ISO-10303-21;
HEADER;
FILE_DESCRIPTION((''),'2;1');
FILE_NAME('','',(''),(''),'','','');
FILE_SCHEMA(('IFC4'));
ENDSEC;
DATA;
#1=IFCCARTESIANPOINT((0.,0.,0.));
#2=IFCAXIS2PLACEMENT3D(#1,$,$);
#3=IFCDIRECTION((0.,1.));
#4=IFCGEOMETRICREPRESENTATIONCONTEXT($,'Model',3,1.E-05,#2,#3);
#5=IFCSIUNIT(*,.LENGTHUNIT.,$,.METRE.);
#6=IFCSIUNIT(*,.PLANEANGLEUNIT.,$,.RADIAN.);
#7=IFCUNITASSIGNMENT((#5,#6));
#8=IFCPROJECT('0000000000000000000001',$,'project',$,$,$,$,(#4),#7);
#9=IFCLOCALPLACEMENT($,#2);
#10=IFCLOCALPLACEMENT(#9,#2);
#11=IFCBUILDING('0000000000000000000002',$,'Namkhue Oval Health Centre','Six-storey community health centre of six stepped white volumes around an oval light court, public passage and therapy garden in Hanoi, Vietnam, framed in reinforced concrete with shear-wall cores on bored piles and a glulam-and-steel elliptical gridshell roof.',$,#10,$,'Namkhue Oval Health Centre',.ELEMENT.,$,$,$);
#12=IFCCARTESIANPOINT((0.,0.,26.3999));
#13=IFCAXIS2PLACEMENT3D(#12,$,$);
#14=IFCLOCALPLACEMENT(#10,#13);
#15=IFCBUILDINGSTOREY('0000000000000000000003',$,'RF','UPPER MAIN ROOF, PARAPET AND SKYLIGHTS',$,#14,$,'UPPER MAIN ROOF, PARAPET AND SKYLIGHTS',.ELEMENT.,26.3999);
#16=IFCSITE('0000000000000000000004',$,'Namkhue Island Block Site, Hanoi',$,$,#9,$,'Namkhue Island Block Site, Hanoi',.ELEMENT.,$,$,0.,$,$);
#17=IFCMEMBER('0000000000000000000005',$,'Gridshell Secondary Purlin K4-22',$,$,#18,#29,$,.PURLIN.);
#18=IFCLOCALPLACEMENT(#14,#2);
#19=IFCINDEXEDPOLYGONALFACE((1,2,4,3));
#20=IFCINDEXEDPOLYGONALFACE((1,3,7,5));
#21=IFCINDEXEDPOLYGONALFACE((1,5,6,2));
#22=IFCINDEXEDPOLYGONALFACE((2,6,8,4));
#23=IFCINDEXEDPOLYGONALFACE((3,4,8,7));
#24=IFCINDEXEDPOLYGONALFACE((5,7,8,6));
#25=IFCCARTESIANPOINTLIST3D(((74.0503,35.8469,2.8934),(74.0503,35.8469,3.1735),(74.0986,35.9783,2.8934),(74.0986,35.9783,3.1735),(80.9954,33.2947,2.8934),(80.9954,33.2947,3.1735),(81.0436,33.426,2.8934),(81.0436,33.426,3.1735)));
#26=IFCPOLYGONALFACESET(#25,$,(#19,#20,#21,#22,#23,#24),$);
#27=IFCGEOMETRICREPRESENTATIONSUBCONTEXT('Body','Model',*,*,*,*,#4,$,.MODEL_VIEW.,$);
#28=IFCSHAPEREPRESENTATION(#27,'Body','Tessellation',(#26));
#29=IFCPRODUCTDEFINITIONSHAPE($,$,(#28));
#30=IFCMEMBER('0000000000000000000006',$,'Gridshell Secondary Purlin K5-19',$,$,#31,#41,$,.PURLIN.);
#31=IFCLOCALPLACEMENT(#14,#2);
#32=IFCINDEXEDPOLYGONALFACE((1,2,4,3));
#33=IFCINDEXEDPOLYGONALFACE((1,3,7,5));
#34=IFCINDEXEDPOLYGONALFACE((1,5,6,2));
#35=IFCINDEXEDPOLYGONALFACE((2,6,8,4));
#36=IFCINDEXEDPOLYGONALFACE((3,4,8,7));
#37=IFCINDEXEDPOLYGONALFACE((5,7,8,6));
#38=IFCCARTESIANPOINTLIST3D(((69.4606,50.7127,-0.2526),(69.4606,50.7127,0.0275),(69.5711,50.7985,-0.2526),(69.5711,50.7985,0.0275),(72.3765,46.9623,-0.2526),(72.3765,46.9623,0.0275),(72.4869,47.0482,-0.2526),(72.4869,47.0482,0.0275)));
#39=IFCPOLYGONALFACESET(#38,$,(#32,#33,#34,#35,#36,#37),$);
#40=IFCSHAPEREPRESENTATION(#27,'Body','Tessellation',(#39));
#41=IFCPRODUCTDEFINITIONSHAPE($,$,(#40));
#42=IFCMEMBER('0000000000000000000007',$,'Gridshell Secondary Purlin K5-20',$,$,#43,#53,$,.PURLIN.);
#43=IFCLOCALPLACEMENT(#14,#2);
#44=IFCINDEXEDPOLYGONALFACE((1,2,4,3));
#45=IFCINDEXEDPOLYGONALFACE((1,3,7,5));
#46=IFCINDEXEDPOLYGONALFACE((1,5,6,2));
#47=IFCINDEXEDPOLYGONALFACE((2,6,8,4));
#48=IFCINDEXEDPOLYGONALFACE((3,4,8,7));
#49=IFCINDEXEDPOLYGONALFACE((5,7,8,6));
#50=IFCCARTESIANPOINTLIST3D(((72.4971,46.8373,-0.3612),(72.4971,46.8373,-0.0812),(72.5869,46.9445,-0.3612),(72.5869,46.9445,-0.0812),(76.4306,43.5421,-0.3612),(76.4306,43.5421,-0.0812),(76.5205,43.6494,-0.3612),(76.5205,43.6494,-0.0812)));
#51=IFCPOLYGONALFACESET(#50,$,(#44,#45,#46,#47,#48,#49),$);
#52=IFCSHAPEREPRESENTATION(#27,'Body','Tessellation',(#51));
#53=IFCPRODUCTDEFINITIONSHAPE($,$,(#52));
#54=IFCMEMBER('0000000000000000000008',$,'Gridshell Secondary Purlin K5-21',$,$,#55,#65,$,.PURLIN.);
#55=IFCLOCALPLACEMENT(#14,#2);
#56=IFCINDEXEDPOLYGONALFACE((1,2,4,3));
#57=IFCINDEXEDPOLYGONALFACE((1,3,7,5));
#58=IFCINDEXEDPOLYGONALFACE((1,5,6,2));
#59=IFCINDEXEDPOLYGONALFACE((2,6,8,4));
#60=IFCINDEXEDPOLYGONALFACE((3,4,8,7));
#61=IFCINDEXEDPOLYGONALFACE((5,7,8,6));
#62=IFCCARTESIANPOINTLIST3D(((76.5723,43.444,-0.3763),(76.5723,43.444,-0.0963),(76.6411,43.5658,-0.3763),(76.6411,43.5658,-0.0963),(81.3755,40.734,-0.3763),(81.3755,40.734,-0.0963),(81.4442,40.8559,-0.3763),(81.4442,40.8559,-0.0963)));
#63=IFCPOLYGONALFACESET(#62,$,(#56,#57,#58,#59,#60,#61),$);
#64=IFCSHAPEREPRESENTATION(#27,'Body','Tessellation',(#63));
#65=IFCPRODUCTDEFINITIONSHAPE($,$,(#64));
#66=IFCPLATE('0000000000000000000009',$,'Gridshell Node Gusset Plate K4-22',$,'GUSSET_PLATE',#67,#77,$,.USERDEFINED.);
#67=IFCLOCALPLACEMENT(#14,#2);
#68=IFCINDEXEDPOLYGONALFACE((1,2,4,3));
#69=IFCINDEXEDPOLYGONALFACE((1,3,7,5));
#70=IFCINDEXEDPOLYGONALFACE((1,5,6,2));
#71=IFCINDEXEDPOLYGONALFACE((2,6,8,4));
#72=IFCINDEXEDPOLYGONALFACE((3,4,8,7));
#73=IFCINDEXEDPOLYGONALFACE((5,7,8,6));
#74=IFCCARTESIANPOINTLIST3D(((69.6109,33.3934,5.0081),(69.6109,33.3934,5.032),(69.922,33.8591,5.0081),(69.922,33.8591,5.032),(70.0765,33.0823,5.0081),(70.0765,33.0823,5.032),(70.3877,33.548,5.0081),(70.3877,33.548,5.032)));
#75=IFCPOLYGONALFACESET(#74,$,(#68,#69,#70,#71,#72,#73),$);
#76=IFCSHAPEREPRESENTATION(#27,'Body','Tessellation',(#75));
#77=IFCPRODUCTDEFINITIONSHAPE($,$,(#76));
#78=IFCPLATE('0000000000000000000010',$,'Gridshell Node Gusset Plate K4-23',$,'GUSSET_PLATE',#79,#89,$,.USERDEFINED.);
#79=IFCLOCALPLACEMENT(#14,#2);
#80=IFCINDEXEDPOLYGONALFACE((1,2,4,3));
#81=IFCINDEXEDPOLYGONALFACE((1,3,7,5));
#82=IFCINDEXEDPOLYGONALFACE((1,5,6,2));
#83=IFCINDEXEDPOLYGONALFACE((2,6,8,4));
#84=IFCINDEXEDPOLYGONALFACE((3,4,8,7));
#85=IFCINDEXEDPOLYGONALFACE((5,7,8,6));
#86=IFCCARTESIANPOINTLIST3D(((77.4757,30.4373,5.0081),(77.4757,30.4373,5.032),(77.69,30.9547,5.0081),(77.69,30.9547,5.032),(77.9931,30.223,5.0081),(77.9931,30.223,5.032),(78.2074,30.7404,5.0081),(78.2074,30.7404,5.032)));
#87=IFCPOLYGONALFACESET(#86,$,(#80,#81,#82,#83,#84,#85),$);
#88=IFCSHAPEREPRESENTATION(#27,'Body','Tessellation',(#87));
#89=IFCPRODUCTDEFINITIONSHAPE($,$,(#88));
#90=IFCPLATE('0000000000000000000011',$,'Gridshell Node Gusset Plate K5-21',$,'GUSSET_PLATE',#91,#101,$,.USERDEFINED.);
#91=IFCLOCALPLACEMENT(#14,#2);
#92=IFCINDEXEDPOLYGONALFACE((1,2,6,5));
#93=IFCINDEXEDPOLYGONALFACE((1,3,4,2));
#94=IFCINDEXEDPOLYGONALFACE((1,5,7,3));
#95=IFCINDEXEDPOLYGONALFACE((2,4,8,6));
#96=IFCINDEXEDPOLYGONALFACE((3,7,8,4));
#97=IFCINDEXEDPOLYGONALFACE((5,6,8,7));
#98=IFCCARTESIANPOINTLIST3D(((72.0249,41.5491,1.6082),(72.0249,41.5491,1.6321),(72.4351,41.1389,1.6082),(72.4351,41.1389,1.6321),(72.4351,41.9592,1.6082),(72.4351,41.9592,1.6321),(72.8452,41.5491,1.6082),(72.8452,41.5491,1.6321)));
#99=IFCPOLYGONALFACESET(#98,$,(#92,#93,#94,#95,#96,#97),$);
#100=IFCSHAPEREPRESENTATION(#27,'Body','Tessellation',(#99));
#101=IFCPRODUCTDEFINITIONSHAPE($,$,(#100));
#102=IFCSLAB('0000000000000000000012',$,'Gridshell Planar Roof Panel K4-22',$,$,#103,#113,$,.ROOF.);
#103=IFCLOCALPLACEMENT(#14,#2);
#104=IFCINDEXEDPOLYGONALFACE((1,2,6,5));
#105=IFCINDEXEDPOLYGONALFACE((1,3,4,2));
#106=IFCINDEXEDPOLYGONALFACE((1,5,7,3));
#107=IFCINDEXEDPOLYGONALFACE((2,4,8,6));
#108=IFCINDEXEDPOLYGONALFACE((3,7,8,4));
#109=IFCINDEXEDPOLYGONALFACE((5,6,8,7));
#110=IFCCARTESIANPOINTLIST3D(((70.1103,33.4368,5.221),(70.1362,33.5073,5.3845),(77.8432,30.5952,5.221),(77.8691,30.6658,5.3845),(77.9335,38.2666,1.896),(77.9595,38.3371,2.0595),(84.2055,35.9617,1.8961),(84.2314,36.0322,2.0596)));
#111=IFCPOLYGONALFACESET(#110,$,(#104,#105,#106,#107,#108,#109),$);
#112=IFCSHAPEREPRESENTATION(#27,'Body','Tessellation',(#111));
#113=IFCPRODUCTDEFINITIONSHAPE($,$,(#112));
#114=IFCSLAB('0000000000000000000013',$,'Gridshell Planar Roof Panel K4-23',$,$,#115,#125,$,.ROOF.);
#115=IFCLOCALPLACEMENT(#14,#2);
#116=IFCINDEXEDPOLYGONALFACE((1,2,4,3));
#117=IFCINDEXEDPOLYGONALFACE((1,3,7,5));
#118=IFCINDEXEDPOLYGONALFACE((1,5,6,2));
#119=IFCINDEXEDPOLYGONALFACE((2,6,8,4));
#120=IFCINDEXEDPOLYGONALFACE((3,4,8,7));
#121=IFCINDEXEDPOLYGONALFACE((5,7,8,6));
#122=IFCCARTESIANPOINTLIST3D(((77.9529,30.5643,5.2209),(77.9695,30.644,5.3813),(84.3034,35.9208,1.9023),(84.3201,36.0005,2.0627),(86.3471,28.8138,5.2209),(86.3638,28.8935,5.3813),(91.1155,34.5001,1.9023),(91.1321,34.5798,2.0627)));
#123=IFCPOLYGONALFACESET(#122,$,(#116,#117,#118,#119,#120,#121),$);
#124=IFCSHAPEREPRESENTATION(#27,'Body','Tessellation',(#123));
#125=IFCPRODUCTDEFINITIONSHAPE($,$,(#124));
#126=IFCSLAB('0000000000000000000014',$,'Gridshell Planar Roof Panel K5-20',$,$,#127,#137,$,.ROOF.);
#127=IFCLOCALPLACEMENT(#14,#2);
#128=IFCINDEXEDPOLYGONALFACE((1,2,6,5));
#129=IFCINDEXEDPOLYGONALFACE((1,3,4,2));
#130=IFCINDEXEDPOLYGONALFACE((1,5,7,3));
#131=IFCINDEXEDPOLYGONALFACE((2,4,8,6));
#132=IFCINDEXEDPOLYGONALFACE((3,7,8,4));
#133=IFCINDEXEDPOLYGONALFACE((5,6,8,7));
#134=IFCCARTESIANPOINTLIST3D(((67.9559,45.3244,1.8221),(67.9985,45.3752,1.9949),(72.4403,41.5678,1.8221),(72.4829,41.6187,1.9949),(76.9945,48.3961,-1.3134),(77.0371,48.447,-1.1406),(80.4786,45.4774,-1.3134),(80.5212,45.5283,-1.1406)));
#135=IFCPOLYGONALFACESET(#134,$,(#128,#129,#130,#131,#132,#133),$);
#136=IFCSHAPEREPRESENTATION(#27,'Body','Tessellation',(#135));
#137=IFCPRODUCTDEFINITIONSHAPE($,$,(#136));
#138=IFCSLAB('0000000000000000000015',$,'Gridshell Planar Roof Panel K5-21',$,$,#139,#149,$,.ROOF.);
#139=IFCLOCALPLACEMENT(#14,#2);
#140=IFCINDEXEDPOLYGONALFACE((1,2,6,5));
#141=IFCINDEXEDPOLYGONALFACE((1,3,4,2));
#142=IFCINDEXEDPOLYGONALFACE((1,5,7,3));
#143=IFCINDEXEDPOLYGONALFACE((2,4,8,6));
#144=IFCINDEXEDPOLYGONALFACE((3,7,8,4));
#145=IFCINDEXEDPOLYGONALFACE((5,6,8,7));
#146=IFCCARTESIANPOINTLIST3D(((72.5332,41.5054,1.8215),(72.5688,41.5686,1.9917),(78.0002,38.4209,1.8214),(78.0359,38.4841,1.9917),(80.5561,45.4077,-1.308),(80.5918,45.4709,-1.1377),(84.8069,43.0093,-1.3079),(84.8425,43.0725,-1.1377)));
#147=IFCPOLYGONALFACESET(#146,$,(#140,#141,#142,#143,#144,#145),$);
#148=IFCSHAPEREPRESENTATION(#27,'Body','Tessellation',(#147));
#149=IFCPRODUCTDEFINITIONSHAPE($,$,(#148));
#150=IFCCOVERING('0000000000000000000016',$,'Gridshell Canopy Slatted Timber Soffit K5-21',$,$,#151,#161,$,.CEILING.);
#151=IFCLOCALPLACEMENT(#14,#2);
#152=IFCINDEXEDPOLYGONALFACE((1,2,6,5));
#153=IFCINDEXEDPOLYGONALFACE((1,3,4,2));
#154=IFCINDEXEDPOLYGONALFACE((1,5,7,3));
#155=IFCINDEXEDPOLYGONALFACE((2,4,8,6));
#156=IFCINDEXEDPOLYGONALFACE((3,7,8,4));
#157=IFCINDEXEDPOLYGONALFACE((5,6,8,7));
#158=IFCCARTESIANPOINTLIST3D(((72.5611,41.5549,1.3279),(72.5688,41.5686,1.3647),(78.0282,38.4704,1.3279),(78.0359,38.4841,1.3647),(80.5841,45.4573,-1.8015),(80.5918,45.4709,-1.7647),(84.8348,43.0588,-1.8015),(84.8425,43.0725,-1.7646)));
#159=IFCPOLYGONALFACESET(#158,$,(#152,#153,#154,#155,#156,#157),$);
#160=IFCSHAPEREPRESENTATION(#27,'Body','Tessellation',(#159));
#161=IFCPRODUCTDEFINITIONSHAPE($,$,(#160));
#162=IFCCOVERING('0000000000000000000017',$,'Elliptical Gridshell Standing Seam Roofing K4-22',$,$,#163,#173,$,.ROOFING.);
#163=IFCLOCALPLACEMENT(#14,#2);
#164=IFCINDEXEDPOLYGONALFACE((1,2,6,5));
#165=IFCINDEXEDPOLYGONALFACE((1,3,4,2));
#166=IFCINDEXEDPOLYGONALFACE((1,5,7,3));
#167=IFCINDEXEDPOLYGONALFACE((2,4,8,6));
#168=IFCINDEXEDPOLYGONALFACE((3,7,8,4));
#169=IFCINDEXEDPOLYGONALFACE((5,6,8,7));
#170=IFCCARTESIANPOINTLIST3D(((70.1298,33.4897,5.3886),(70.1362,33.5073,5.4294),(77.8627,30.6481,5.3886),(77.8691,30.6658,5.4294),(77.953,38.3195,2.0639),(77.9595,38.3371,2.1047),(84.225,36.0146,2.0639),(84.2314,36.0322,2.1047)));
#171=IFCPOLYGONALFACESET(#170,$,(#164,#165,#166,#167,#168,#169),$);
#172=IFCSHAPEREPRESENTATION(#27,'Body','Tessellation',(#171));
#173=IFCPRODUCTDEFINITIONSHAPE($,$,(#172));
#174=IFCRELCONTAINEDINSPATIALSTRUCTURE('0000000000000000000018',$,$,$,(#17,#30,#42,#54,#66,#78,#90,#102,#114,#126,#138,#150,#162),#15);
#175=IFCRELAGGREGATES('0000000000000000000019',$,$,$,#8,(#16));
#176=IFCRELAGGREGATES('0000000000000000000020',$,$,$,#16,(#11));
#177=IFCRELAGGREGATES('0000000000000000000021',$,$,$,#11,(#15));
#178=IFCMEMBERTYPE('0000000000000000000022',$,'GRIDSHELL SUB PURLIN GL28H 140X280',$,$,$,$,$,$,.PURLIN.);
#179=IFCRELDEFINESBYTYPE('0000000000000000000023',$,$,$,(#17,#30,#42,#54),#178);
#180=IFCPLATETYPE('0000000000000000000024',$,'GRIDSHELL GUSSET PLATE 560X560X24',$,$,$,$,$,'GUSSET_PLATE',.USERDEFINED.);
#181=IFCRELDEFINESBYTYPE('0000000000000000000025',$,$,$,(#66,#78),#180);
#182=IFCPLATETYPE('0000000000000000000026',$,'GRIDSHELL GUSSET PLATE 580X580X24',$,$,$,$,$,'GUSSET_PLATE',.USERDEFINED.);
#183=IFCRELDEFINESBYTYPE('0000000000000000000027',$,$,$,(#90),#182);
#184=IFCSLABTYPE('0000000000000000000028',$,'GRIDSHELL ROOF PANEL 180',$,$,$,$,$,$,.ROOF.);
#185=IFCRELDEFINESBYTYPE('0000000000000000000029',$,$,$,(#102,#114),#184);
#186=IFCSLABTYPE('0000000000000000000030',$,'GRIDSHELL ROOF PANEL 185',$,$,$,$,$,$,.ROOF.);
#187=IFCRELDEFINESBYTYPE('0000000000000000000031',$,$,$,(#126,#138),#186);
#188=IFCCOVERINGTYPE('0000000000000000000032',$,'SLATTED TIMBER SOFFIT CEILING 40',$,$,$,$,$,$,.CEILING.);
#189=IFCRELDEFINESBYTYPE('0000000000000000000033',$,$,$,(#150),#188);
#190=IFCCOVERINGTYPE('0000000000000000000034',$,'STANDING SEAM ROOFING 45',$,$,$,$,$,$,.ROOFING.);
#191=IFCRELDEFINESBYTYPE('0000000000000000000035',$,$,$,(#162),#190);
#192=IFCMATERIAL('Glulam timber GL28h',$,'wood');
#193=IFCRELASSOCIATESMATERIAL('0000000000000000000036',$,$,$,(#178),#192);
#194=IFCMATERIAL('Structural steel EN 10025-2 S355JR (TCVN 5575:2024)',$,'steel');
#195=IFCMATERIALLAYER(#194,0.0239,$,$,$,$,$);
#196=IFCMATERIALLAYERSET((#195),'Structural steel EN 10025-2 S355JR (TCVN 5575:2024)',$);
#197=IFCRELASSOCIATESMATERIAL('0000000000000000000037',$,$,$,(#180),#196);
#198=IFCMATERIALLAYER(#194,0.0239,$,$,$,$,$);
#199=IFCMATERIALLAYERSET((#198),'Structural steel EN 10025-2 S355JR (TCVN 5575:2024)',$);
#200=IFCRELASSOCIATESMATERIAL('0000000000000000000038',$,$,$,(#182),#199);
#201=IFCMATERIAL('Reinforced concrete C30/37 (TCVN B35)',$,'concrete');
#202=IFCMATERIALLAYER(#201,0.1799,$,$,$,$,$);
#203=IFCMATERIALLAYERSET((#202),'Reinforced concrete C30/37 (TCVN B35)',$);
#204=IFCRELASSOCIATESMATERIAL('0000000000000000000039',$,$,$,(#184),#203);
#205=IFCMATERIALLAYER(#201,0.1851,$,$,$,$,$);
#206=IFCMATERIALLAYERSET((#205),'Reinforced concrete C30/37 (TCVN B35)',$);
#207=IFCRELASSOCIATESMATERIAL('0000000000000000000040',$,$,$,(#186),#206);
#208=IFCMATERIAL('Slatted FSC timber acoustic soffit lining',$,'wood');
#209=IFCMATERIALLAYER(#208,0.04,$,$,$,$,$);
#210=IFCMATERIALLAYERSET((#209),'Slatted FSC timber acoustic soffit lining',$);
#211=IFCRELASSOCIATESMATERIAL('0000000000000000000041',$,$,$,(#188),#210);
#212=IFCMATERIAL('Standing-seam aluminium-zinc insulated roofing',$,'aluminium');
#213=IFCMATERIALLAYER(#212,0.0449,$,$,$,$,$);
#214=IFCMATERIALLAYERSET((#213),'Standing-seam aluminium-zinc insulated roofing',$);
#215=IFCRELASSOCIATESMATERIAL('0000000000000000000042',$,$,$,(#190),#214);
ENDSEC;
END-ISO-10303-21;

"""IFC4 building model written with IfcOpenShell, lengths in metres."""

from ifc_helpers import new_model, si_unit, direction, frame, origin, origin_2d, place, context, subcontext, project, spatial, polyline, rectangle, outline, extrude, material, layer, layer_set, material_profile, profile_set, type_object, element, save


model = new_model("IFC4")

# Units and contexts
model_context = context("Model", 3, precision=1e-05, world=origin(), true_north=direction((0.0, 1.0)))
body_context = subcontext(model_context, "Body", "Model", "MODEL_VIEW")
ifc_project = project(units=[si_unit("LENGTHUNIT", "METRE"), si_unit("PLANEANGLEUNIT", "RADIAN")], contexts=[model_context])

# Site, building, storey
site_placement = place(None, origin())
site = spatial("IfcSite", under=ifc_project, at=site_placement, Name="Namkhue Island Block Site, Hanoi", LongName="Namkhue Island Block Site, Hanoi", CompositionType="ELEMENT", RefElevation=0.0)
building_placement = place(site_placement, origin())
building = spatial("IfcBuilding", under=site, at=building_placement, Name="Namkhue Oval Health Centre", Description="Six-storey community health centre of six stepped white volumes around an oval light court, public passage and therapy garden in Hanoi, Vietnam, framed in reinforced concrete with shear-wall cores on bored piles and a glulam-and-steel elliptical gridshell roof.", LongName="Namkhue Oval Health Centre", CompositionType="ELEMENT")
storey_placement = place(building_placement, frame((0.0, 0.0, 26.3999)))
storey = spatial("IfcBuildingStorey", under=building, at=storey_placement, Name="RF", Description="UPPER MAIN ROOF, PARAPET AND SKYLIGHTS", LongName="UPPER MAIN ROOF, PARAPET AND SKYLIGHTS", CompositionType="ELEMENT", Elevation=26.3999)

# Members
ifc_material_1 = material(Name="Structural steel EN 10025-2 S355JR (TCVN 5575:2024)", Category="steel")
ifc_material_2 = material(Name="Glulam timber GL28h", Category="wood")
ifc_material_profile_1 = material_profile(ifc_material_2, rectangle(XDim=0.1399, YDim=0.28, at=origin_2d()), Name="GL28h 140x280")
ifc_profile_set_1 = profile_set([ifc_material_profile_1], Name="Glulam timber GL28h")
member_type_1 = type_object("IfcMemberType", Name="GRIDSHELL SUB PURLIN GL28H 140X280", PredefinedType="PURLIN", material=ifc_profile_set_1)
member_1_placement = place(storey_placement, frame((74.0745, 35.9126, 3.0334), z_axis=(0.938626, -0.344936, 0.0), x_axis=(0.344936, 0.938626, 0.0)))
element("IfcMember", 1, at=member_1_placement, inside=storey, type_object=member_type_1, Name="Gridshell Secondary Purlin K4-22", PredefinedType="PURLIN", context=body_context, shape_type="SweptSolid", body=[
    extrude(rectangle(XDim=0.1399, YDim=0.28, at=origin_2d()), origin(), (0.0, 0.0, 1.0), 7.3992),
])
member_2_placement = place(storey_placement, frame((69.5159, 50.7556, -0.1125), z_axis=(0.613798, -0.789463, 0.0), x_axis=(0.789463, 0.613798, 0.0)))
element("IfcMember", 2, at=member_2_placement, inside=storey, type_object=member_type_1, Name="Gridshell Secondary Purlin K5-19", PredefinedType="PURLIN", context=body_context, shape_type="SweptSolid", body=[
    extrude(rectangle(XDim=0.1399, YDim=0.28, at=origin_2d()), origin(), (0.0, 0.0, 1.0), 4.7505),
])
member_3_placement = place(storey_placement, frame((72.542, 46.8909, -0.2212), z_axis=(0.766573, -0.642157, 0.0), x_axis=(0.642157, 0.766573, 0.0)))
element("IfcMember", 3, at=member_3_placement, inside=storey, type_object=member_type_1, Name="Gridshell Secondary Purlin K5-20", PredefinedType="PURLIN", context=body_context, shape_type="SweptSolid", body=[
    extrude(rectangle(XDim=0.1399, YDim=0.28, at=origin_2d()), origin(), (0.0, 0.0, 1.0), 5.1313),
])
member_4_placement = place(storey_placement, frame((76.6067, 43.5049, -0.2363), z_axis=(0.870943, -0.491383, 0.0), x_axis=(0.491383, 0.870943, 0.0)))
element("IfcMember", 4, at=member_4_placement, inside=storey, type_object=member_type_1, Name="Gridshell Secondary Purlin K5-21", PredefinedType="PURLIN", context=body_context, shape_type="SweptSolid", body=[
    extrude(rectangle(XDim=0.1399, YDim=0.28, at=origin_2d()), origin(), (0.0, 0.0, 1.0), 5.5149),
])

# Plates
ifc_layer_1 = layer(ifc_material_1, 0.0239)
ifc_layer_set_1 = layer_set([ifc_layer_1], Name="Structural steel EN 10025-2 S355JR (TCVN 5575:2024)")
plate_type_1 = type_object("IfcPlateType", Name="GRIDSHELL GUSSET PLATE 560X560X24", ElementType="GUSSET_PLATE", PredefinedType="USERDEFINED", material=ifc_layer_set_1)
for number, where, z_axis, x_axis, name in (
    (5, (69.9993, 33.4707, 5.0081), (0.0, 0.0, 1.0), (-0.55557, -0.83147, 0.0), "Gridshell Node Gusset Plate K4-22"),
    (6, (77.8416, 30.5889, 5.0081), (0.0, 0.0, 1.0), (-0.382683, -0.92388, 0.0), "Gridshell Node Gusset Plate K4-23"),
):
    element("IfcPlate", number, at=place(storey_placement, frame(where, z_axis=z_axis, x_axis=x_axis)), inside=storey, type_object=plate_type_1, Name=name, ObjectType="GUSSET_PLATE", PredefinedType="USERDEFINED", context=body_context, shape_type="SweptSolid", body=[
        extrude(rectangle(XDim=0.5601, YDim=0.5601, at=origin_2d()), origin(), (0.0, 0.0, 1.0), 0.0239),
    ])
ifc_layer_2 = layer(ifc_material_1, 0.0239)
ifc_layer_set_2 = layer_set([ifc_layer_2], Name="Structural steel EN 10025-2 S355JR (TCVN 5575:2024)")
plate_type_2 = type_object("IfcPlateType", Name="GRIDSHELL GUSSET PLATE 580X580X24", ElementType="GUSSET_PLATE", PredefinedType="USERDEFINED", material=ifc_layer_set_2)
plate_placement = place(storey_placement, frame((72.4351, 41.5491, 1.6082), z_axis=(0.0, 0.0, 1.0), x_axis=(-0.707107, -0.707107, 0.0)))
element("IfcPlate", 7, at=plate_placement, inside=storey, type_object=plate_type_2, Name="Gridshell Node Gusset Plate K5-21", ObjectType="GUSSET_PLATE", PredefinedType="USERDEFINED", context=body_context, shape_type="SweptSolid", body=[
    extrude(rectangle(XDim=0.5801, YDim=0.5801, at=origin_2d()), origin(), (0.0, 0.0, 1.0), 0.0239),
])

# Slabs
ifc_material_3 = material(Name="Reinforced concrete C30/37 (TCVN B35)", Category="concrete")
ifc_layer_3 = layer(ifc_material_3, 0.1799)
ifc_layer_set_3 = layer_set([ifc_layer_3], Name="Reinforced concrete C30/37 (TCVN B35)")
slab_type_1 = type_object("IfcSlabType", Name="GRIDSHELL ROOF PANEL 180", PredefinedType="ROOF", material=ifc_layer_set_3)
slab_1_placement = place(storey_placement, frame((70.1362, 33.5073, 5.3845), z_axis=(0.144087, 0.392098, 0.908569), x_axis=(0.938634, -0.344915, -0.000005)))
element("IfcSlab", 8, at=slab_1_placement, inside=storey, type_object=slab_type_1, Name="Gridshell Planar Roof Panel K4-22", PredefinedType="ROOF", context=body_context, shape_type="SweptSolid", body=[
    extrude(outline(polyline([(0.0, 0.0), (8.2385, 0.0), (12.3594, 7.9593), (5.6773, 7.9595), (0.0, 0.0)])), origin(), (0.0, 0.0, -1.0), 0.1799),
])
slab_2_placement = place(storey_placement, frame((77.9695, 30.644, 5.3813), z_axis=(0.092379, 0.442976, 0.891762), x_axis=(0.978941, -0.204143, -0.000003)))
element("IfcSlab", 9, at=slab_2_placement, inside=storey, type_object=slab_type_1, Name="Gridshell Planar Roof Panel K4-23", PredefinedType="ROOF", context=body_context, shape_type="SweptSolid", body=[
    extrude(outline(polyline([(0.0, 0.0), (8.5749, 0.0), (12.082, 7.3338), (5.1234, 7.3339), (0.0, 0.0)])), origin(), (0.0, 0.0, -1.0), 0.1799),
])
ifc_layer_4 = layer(ifc_material_3, 0.1851)
ifc_layer_set_4 = layer_set([ifc_layer_4], Name="Reinforced concrete C30/37 (TCVN B35)")
slab_type_2 = type_object("IfcSlabType", Name="GRIDSHELL ROOF PANEL 185", PredefinedType="ROOF", material=ifc_layer_set_4)
slab_3_placement = place(storey_placement, frame((67.9985, 45.3752, 1.9949), z_axis=(0.230359, 0.274987, 0.933444), x_axis=(0.76657, -0.642161, -0.000001)))
element("IfcSlab", 10, at=slab_3_placement, inside=storey, type_object=slab_type_2, Name="Gridshell Planar Roof Panel K5-20", PredefinedType="ROOF", context=body_context, shape_type="SweptSolid", body=[
    extrude(outline(polyline([(0.0, 0.0), (5.8499, 0.0), (9.5012, 8.7407), (4.9561, 8.7407), (0.0, 0.0)])), origin(), (0.0, 0.0, -1.0), 0.1851),
])
slab_4_placement = place(storey_placement, frame((72.5688, 41.5686, 1.9917), z_axis=(0.192698, 0.341532, 0.919904), x_axis=(0.870943, -0.491384, -0.000006)))
element("IfcSlab", 11, at=slab_4_placement, inside=storey, type_object=slab_type_2, Name="Gridshell Planar Roof Panel K5-21", PredefinedType="ROOF", context=body_context, shape_type="SweptSolid", body=[
    extrude(outline(polyline([(0.0, 0.0), (6.2771, 0.0), (9.9507, 7.9801), (5.07, 7.9802), (0.0, 0.0)])), origin(), (0.0, 0.0, -1.0), 0.1851),
])

# Coverings
ifc_material_4 = material(Name="Slatted FSC timber acoustic soffit lining", Category="wood")
ifc_layer_5 = layer(ifc_material_4, 0.04)
ifc_layer_set_5 = layer_set([ifc_layer_5], Name="Slatted FSC timber acoustic soffit lining")
covering_type_1 = type_object("IfcCoveringType", Name="SLATTED TIMBER SOFFIT CEILING 40", PredefinedType="CEILING", material=ifc_layer_set_5)
covering_1_placement = place(storey_placement, frame((72.5688, 41.5686, 1.3647), z_axis=(0.192698, 0.341532, 0.919904), x_axis=(0.870943, -0.491384, -0.000006)))
element("IfcCovering", 12, at=covering_1_placement, inside=storey, type_object=covering_type_1, Name="Gridshell Canopy Slatted Timber Soffit K5-21", PredefinedType="CEILING", context=body_context, shape_type="SweptSolid", body=[
    extrude(outline(polyline([(0.0, 0.0), (6.2771, 0.0), (9.9507, 7.9801), (5.07, 7.9802), (0.0, 0.0)])), origin(), (0.0, 0.0, -1.0), 0.04),
])
ifc_material_5 = material(Name="Standing-seam aluminium-zinc insulated roofing", Category="aluminium")
ifc_layer_6 = layer(ifc_material_5, 0.0449)
ifc_layer_set_6 = layer_set([ifc_layer_6], Name="Standing-seam aluminium-zinc insulated roofing")
covering_type_2 = type_object("IfcCoveringType", Name="STANDING SEAM ROOFING 45", PredefinedType="ROOFING", material=ifc_layer_set_6)
covering_2_placement = place(storey_placement, frame((70.1362, 33.5073, 5.4294), z_axis=(0.144078, 0.392074, 0.908581), x_axis=(0.938634, -0.344915, -0.000005)))
element("IfcCovering", 13, at=covering_2_placement, inside=storey, type_object=covering_type_2, Name="Elliptical Gridshell Standing Seam Roofing K4-22", PredefinedType="ROOFING", context=body_context, shape_type="SweptSolid", body=[
    extrude(outline(polyline([(0.0, 0.0), (8.2385, 0.0), (12.3594, 7.9592), (5.6773, 7.9594), (0.0, 0.0)])), origin(), (0.0, 0.0, -1.0), 0.0449),
])

save(model, "model.ifc")
